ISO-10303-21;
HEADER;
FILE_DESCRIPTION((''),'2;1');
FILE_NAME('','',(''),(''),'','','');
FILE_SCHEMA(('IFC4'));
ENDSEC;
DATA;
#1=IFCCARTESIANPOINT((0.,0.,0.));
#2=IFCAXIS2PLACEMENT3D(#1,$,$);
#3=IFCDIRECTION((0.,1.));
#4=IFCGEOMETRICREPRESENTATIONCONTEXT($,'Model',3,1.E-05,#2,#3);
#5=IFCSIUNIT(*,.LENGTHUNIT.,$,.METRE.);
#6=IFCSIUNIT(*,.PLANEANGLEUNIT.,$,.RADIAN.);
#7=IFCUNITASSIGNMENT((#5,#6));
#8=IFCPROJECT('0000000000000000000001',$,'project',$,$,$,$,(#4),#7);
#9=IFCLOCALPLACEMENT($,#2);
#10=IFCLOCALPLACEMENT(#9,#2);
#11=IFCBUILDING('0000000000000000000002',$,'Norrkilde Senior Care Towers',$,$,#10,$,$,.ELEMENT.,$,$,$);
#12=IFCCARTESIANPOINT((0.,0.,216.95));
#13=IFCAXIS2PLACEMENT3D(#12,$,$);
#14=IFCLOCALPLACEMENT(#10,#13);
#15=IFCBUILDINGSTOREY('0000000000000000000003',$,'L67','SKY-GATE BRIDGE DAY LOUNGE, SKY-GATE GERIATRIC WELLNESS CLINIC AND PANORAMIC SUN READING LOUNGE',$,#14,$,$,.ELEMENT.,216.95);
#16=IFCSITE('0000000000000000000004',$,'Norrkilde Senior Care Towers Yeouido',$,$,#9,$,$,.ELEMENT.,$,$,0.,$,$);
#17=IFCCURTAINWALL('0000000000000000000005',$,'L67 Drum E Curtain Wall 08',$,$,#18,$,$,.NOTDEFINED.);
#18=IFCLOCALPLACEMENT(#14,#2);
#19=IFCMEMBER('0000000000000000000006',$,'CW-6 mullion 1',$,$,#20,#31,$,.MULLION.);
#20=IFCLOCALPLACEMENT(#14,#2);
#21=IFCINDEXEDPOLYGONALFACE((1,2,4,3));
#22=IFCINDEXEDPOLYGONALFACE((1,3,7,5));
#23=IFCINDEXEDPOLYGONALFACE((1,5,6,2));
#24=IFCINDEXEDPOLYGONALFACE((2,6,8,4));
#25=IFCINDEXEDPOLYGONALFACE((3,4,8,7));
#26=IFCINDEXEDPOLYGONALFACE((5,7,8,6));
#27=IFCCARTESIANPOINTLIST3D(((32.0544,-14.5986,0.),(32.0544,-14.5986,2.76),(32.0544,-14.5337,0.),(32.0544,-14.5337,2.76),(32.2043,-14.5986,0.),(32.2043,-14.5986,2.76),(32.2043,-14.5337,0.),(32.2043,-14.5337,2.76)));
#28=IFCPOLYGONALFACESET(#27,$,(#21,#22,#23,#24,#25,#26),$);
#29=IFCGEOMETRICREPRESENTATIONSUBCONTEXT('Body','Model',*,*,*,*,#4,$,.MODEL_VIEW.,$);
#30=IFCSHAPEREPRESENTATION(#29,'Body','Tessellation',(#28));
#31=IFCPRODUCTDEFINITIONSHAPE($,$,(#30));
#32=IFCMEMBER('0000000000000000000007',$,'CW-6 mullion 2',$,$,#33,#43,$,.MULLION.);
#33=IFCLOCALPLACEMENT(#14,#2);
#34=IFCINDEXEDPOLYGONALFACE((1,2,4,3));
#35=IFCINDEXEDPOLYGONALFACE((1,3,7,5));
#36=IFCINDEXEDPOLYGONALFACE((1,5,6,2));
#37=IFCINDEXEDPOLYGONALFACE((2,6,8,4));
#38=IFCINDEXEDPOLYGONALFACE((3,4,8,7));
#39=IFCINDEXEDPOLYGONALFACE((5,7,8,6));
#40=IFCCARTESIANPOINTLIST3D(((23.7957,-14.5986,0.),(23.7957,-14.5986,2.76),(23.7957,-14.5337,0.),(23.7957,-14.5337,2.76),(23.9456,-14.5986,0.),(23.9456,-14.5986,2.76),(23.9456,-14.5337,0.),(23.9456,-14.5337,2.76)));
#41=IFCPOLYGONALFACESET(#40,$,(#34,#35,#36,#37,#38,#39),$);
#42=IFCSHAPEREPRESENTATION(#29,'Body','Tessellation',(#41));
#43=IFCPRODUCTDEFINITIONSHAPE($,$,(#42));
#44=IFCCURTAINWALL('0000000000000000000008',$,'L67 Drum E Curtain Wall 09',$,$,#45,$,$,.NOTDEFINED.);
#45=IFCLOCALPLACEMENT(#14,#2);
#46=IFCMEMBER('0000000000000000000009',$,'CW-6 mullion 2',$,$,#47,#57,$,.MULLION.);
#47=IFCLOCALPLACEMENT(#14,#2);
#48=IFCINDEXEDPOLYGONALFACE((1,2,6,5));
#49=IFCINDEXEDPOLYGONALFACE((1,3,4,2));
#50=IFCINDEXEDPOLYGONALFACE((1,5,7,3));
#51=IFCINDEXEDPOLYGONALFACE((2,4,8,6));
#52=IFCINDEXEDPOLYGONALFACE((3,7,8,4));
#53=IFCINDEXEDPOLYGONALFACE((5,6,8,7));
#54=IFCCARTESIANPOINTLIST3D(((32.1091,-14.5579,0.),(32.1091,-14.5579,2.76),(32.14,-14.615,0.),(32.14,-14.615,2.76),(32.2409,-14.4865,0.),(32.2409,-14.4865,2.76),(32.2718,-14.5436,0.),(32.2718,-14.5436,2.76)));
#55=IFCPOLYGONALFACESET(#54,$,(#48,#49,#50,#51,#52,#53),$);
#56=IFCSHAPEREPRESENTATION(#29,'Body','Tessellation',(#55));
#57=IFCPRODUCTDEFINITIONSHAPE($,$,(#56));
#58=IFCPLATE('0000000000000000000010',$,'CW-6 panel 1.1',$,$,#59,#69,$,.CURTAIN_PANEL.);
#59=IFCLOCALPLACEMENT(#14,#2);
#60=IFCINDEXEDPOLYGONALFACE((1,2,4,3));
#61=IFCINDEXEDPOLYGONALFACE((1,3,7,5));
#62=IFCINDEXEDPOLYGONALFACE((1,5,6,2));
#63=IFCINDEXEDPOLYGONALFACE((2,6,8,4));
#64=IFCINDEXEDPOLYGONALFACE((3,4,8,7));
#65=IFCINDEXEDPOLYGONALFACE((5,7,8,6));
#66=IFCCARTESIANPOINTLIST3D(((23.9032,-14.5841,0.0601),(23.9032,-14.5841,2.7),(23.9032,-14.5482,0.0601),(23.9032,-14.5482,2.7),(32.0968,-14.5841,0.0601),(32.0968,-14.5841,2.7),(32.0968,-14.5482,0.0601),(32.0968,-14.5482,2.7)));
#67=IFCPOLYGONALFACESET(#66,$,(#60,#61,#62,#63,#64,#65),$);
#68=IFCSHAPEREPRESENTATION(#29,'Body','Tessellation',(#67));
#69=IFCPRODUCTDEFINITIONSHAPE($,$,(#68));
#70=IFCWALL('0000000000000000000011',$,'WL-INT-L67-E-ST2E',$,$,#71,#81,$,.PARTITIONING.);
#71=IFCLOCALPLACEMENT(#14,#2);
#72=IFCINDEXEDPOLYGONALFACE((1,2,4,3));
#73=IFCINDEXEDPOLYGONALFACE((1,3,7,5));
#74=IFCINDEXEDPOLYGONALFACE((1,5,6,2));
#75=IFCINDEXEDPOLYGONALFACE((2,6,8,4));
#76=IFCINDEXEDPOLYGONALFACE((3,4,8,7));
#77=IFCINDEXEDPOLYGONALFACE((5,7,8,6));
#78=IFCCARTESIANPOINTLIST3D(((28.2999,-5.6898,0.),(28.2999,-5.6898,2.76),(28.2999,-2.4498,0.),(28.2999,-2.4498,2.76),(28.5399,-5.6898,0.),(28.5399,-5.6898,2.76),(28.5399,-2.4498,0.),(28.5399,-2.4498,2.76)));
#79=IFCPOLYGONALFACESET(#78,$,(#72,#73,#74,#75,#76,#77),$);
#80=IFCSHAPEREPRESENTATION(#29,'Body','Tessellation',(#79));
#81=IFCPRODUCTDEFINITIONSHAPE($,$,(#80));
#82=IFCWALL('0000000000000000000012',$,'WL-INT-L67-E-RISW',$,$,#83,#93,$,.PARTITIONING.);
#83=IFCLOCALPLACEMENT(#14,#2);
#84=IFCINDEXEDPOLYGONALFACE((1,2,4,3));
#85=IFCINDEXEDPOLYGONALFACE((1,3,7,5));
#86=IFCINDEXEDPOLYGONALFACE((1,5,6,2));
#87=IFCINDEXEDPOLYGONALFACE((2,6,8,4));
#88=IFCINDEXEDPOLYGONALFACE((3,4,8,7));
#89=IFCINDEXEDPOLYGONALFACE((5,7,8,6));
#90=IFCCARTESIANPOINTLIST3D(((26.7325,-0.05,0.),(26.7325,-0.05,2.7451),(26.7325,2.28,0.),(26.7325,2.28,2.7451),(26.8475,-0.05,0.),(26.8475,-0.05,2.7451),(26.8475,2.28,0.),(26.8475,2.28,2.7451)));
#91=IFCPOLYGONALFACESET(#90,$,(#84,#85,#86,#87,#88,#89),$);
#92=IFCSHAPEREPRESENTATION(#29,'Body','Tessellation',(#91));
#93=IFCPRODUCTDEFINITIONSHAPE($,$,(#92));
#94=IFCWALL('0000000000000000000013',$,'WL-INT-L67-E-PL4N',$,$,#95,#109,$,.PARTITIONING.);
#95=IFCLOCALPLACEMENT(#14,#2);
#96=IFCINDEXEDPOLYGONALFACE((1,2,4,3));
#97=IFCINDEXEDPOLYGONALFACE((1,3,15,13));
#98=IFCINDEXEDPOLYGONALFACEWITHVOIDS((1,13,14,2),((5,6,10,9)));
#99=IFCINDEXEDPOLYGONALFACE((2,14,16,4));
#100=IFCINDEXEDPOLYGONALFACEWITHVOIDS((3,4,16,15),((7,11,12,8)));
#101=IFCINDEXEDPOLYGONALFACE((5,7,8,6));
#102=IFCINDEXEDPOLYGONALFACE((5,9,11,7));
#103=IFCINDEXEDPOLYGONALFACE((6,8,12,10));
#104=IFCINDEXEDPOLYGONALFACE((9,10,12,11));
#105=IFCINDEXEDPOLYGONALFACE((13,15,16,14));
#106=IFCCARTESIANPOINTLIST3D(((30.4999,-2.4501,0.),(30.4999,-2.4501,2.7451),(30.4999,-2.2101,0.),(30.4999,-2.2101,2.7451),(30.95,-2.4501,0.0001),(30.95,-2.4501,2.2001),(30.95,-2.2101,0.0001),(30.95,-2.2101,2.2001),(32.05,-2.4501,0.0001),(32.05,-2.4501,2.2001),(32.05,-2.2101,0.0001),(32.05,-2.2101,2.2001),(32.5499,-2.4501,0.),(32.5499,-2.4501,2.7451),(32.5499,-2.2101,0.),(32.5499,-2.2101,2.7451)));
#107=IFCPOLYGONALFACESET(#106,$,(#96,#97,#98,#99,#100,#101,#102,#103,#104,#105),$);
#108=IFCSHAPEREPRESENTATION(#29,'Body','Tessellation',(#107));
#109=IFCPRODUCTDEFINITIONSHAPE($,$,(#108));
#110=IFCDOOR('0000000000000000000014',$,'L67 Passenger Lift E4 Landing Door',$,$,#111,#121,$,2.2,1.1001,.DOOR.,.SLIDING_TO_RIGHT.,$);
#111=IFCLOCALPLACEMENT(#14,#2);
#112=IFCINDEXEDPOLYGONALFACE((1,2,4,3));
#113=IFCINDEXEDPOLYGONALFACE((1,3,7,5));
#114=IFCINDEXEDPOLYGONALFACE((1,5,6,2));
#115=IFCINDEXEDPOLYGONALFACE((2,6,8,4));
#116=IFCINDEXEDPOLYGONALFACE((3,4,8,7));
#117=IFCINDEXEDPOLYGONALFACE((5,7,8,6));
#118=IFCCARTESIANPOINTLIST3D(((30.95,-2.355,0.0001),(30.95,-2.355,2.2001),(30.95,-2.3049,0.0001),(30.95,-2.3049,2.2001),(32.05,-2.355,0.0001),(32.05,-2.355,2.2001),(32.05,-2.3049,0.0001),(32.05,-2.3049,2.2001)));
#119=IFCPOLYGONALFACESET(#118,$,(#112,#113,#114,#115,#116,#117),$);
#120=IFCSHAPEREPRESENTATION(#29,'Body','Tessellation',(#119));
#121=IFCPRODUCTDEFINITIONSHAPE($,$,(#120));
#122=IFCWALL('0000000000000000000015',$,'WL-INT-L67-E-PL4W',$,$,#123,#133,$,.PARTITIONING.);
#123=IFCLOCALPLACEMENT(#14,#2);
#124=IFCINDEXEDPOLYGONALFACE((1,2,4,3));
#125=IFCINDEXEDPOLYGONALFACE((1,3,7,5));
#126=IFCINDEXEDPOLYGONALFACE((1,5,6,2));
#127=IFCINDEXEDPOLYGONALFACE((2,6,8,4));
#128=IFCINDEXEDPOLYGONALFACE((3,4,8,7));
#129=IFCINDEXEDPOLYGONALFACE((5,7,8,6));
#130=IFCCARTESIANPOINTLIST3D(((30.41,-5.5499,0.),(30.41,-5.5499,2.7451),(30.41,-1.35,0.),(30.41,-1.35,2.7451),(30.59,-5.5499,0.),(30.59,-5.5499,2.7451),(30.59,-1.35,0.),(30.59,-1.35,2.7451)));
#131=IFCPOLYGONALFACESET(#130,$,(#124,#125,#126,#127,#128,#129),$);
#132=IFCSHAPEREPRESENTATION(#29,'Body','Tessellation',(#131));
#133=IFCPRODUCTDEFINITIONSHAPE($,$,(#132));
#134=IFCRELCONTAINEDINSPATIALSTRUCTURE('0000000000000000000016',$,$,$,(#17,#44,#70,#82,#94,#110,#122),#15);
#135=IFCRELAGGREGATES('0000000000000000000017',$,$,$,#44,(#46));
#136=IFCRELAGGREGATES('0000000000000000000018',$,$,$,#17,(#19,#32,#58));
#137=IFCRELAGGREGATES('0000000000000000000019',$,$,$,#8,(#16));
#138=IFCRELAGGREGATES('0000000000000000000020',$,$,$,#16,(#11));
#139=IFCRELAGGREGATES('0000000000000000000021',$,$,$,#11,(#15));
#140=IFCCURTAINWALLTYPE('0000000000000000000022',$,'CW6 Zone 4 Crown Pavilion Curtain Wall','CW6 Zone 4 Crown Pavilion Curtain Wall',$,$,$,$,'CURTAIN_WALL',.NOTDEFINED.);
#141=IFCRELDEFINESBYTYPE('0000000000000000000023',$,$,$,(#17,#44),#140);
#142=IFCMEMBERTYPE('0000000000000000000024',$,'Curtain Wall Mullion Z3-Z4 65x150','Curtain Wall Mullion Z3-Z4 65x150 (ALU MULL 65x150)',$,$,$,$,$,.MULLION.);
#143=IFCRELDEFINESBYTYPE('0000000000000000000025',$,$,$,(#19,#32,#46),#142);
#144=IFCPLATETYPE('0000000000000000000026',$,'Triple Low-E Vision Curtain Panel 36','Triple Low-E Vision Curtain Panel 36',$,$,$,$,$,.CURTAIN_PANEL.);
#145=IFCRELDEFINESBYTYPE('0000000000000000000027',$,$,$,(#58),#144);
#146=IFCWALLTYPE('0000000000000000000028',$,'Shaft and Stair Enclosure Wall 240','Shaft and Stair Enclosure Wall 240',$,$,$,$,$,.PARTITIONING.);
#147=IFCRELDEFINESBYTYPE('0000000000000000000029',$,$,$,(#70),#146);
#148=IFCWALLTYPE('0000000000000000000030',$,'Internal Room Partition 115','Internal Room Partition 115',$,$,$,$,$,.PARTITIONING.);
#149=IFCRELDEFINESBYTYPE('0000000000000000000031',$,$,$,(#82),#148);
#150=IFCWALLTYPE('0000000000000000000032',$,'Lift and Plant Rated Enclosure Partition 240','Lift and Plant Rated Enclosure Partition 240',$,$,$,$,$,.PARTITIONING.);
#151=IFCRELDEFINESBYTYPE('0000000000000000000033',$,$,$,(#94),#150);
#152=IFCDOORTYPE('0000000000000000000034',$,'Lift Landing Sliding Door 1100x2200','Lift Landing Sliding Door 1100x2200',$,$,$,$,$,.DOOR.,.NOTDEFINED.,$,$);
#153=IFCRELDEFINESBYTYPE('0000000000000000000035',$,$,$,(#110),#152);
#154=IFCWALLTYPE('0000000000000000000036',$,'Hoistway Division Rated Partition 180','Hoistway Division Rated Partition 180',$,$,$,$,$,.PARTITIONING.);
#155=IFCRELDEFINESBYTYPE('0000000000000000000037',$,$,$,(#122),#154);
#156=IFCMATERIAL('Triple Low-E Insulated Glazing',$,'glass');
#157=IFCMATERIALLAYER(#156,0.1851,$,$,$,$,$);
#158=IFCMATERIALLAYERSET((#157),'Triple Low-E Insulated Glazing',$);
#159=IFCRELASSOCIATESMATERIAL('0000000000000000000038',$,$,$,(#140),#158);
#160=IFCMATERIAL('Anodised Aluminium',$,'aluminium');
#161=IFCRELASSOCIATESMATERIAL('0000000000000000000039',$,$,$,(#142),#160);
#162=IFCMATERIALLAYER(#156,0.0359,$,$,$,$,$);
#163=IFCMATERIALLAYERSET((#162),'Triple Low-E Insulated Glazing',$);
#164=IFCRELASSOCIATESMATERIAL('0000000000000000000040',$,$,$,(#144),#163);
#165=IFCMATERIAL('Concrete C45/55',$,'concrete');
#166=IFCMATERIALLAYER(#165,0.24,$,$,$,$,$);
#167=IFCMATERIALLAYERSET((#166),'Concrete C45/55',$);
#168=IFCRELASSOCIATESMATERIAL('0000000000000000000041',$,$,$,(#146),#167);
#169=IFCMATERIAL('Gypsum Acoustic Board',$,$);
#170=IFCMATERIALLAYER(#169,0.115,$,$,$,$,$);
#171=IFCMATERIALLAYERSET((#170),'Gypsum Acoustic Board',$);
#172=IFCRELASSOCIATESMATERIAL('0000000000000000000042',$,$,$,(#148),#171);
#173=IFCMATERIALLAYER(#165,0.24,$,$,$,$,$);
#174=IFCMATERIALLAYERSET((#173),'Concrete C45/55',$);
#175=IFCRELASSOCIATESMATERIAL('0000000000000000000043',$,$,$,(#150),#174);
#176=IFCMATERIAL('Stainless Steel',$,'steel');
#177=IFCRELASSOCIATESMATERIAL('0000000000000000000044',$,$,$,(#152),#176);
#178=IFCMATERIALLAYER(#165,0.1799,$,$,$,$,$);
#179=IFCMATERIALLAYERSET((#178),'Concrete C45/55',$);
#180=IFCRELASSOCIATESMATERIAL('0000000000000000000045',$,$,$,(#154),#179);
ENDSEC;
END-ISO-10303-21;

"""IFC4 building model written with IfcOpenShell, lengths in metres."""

from ifc_helpers import new_model, si_unit, direction, frame, frame_2d, origin, origin_2d, place, context, subcontext, project, spatial, rectangle, extrude, source, transform, mapped, material, layer, layer_set, material_profile, profile_set, type_object, type_shapes, element, fill, aggregate, save


model = new_model("IFC4")

# Units and contexts
model_context = context("Model", 3, precision=1e-05, world=origin(), true_north=direction((0.0, 1.0)))
body_context = subcontext(model_context, "Body", "Model", "MODEL_VIEW")
ifc_project = project(units=[si_unit("LENGTHUNIT", "METRE"), si_unit("PLANEANGLEUNIT", "RADIAN")], contexts=[model_context])

# Site, building, storey
site_placement = place(None, origin())
site = spatial("IfcSite", under=ifc_project, at=site_placement, Name="Norrkilde Senior Care Towers Yeouido", CompositionType="ELEMENT", RefElevation=0.0)
building_placement = place(site_placement, origin())
building = spatial("IfcBuilding", under=site, at=building_placement, Name="Norrkilde Senior Care Towers", CompositionType="ELEMENT")
storey_placement = place(building_placement, frame((0.0, 0.0, 216.95)))
storey = spatial("IfcBuildingStorey", under=building, at=storey_placement, Name="L67", Description="SKY-GATE BRIDGE DAY LOUNGE, SKY-GATE GERIATRIC WELLNESS CLINIC AND PANORAMIC SUN READING LOUNGE", CompositionType="ELEMENT", Elevation=216.95)

# Curtain wall
ifc_material_1 = material(Name="Triple Low-E Insulated Glazing", Category="glass")
ifc_layer_1 = layer(ifc_material_1, 0.1851)
ifc_layer_set_1 = layer_set([ifc_layer_1], Name="Triple Low-E Insulated Glazing")
curtain_wall_type = type_object("IfcCurtainWallType", Name="CW6 Zone 4 Crown Pavilion Curtain Wall", Description="CW6 Zone 4 Crown Pavilion Curtain Wall", ElementType="CURTAIN_WALL", PredefinedType="NOTDEFINED", material=ifc_layer_set_1)
curtain_wall_1_placement = place(storey_placement, origin())
curtain_wall_1 = element("IfcCurtainWall", 1, at=curtain_wall_1_placement, inside=storey, type_object=curtain_wall_type, Name="L67 Drum E Curtain Wall 08", PredefinedType="NOTDEFINED")
ifc_material_2 = material(Name="Anodised Aluminium", Category="aluminium")

# Shared definitions
ifc_material_profile_1 = material_profile(ifc_material_2, rectangle(XDim=0.0649, YDim=0.1499, at=origin_2d()), Name="ALU MULL 65x150")
ifc_profile_set_1 = profile_set([ifc_material_profile_1], Name="Anodised Aluminium")
member_type_1 = type_object("IfcMemberType", Name="Curtain Wall Mullion Z3-Z4 65x150", Description="Curtain Wall Mullion Z3-Z4 65x150 (ALU MULL 65x150)", PredefinedType="MULLION", material=ifc_profile_set_1)
shared_shape_1 = source(origin(), body_context, "Body", "SweptSolid", [
    extrude(rectangle(XDim=0.0649, YDim=0.1499, at=origin_2d()), origin(), (0.0, 0.0, 1.0), 2.76),
])
type_shapes(member_type_1, [shared_shape_1])

# Members
member_1_placement = place(storey_placement, frame((32.1294, -14.5662, 0.0), z_axis=(0.0, 0.0, 1.0), x_axis=(0.0, -1.0, 0.0)))
member_1 = element("IfcMember", 2, at=member_1_placement, type_object=member_type_1, Name="CW-6 mullion 1", PredefinedType="MULLION", context=body_context, shape_type="MappedRepresentation", body=[
    mapped(shared_shape_1, transform((0.0, 0.0, 0.0), x_axis=(1.0, 0.0, 0.0), y_axis=(0.0, 1.0, 0.0), z_axis=(0.0, 0.0, 1.0), scale=1.0)),
])
member_2_placement = place(storey_placement, frame((23.8706, -14.5662, 0.0), z_axis=(0.0, 0.0, 1.0), x_axis=(0.0, -1.0, 0.0)))
member_2 = element("IfcMember", 3, at=member_2_placement, type_object=member_type_1, Name="CW-6 mullion 2", PredefinedType="MULLION", context=body_context, shape_type="MappedRepresentation", body=[
    mapped(shared_shape_1, transform((0.0, 0.0, 0.0), x_axis=(1.0, 0.0, 0.0), y_axis=(0.0, 1.0, 0.0), z_axis=(0.0, 0.0, 1.0), scale=1.0)),
])

# Curtain wall, member
curtain_wall_2_placement = place(storey_placement, origin())
curtain_wall_2 = element("IfcCurtainWall", 4, at=curtain_wall_2_placement, inside=storey, type_object=curtain_wall_type, Name="L67 Drum E Curtain Wall 09", PredefinedType="NOTDEFINED")
member_3_placement = place(storey_placement, frame((32.1904, -14.5508, 0.0), z_axis=(0.0, 0.0, 1.0), x_axis=(0.476133, -0.879373, 0.0)))
member_3 = element("IfcMember", 5, at=member_3_placement, type_object=member_type_1, Name="CW-6 mullion 2", PredefinedType="MULLION", context=body_context, shape_type="MappedRepresentation", body=[
    mapped(shared_shape_1, transform((0.0, 0.0, 0.0), x_axis=(1.0, 0.0, 0.0), y_axis=(0.0, 1.0, 0.0), z_axis=(0.0, 0.0, 1.0), scale=1.0)),
])
aggregate(curtain_wall_2, [member_3])

# Plate
ifc_layer_2 = layer(ifc_material_1, 0.0359)
ifc_layer_set_2 = layer_set([ifc_layer_2], Name="Triple Low-E Insulated Glazing")
plate_type = type_object("IfcPlateType", Name="Triple Low-E Vision Curtain Panel 36", Description="Triple Low-E Vision Curtain Panel 36", PredefinedType="CURTAIN_PANEL", material=ifc_layer_set_2)
shared_shape_2 = source(origin(), body_context, "Body", "SweptSolid", [
    extrude(rectangle(XDim=8.1936, YDim=0.0359, at=origin_2d()), origin(), (0.0, 0.0, 1.0), 2.6399),
])
type_shapes(plate_type, [shared_shape_2])
plate_placement = place(storey_placement, frame((28.0, -14.5662, 0.0601), z_axis=(0.0, 0.0, 1.0), x_axis=(-1.0, 0.0, 0.0)))
plate = element("IfcPlate", 6, at=plate_placement, type_object=plate_type, Name="CW-6 panel 1.1", PredefinedType="CURTAIN_PANEL", context=body_context, shape_type="MappedRepresentation", body=[
    mapped(shared_shape_2, transform((0.0, 0.0, 0.0), x_axis=(1.0, 0.0, 0.0), y_axis=(0.0, 1.0, 0.0), z_axis=(0.0, 0.0, 1.0), scale=1.0)),
])
aggregate(curtain_wall_1, [member_1, member_2, plate])

# Walls
ifc_material_3 = material(Name="Concrete C45/55", Category="concrete")
ifc_layer_3 = layer(ifc_material_3, 0.24)
ifc_layer_set_3 = layer_set([ifc_layer_3], Name="Concrete C45/55")
wall_type_1 = type_object("IfcWallType", Name="Shaft and Stair Enclosure Wall 240", Description="Shaft and Stair Enclosure Wall 240", PredefinedType="PARTITIONING", material=ifc_layer_set_3)
shared_shape_3 = source(origin(), body_context, "Body", "SweptSolid", [
    extrude(rectangle(XDim=3.24, YDim=0.24, at=frame_2d((1.6201, 0.0))), origin(), (0.0, 0.0, 1.0), 2.76),
])
type_shapes(wall_type_1, [shared_shape_3])
wall_1_placement = place(storey_placement, frame((28.4199, -5.6899, 0.0), z_axis=(0.0, 0.0, 1.0), x_axis=(0.0, 1.0, 0.0)))
element("IfcWall", 7, at=wall_1_placement, inside=storey, type_object=wall_type_1, Name="WL-INT-L67-E-ST2E", PredefinedType="PARTITIONING", context=body_context, shape_type="MappedRepresentation", body=[
    mapped(shared_shape_3, transform((0.0, 0.0, 0.0), x_axis=(1.0, 0.0, 0.0), y_axis=(0.0, 1.0, 0.0), z_axis=(0.0, 0.0, 1.0), scale=1.0)),
])
ifc_material_4 = material(Name="Gypsum Acoustic Board")
ifc_layer_4 = layer(ifc_material_4, 0.115)
ifc_layer_set_4 = layer_set([ifc_layer_4], Name="Gypsum Acoustic Board")
wall_type_2 = type_object("IfcWallType", Name="Internal Room Partition 115", Description="Internal Room Partition 115", PredefinedType="PARTITIONING", material=ifc_layer_set_4)
shared_shape_4 = source(origin(), body_context, "Body", "SweptSolid", [
    extrude(rectangle(XDim=2.3301, YDim=0.115, at=frame_2d((1.165, 0.0))), origin(), (0.0, 0.0, 1.0), 2.7451),
])
wall_2_placement = place(storey_placement, frame((26.79, -0.05, 0.0), z_axis=(0.0, 0.0, 1.0), x_axis=(0.0, 1.0, 0.0)))
element("IfcWall", 8, at=wall_2_placement, inside=storey, type_object=wall_type_2, Name="WL-INT-L67-E-RISW", PredefinedType="PARTITIONING", context=body_context, shape_type="MappedRepresentation", body=[
    mapped(shared_shape_4, transform((0.0, 0.0, 0.0), x_axis=(1.0, 0.0, 0.0), y_axis=(0.0, 1.0, 0.0), z_axis=(0.0, 0.0, 1.0), scale=1.0)),
])

# Wall, opening, door
ifc_layer_5 = layer(ifc_material_3, 0.24)
ifc_layer_set_5 = layer_set([ifc_layer_5], Name="Concrete C45/55")
wall_type_3 = type_object("IfcWallType", Name="Lift and Plant Rated Enclosure Partition 240", Description="Lift and Plant Rated Enclosure Partition 240", PredefinedType="PARTITIONING", material=ifc_layer_set_5)
shared_shape_5 = source(origin(), body_context, "Body", "SweptSolid", [
    extrude(rectangle(XDim=2.05, YDim=0.24, at=frame_2d((1.0249, 0.0))), origin(), (0.0, 0.0, 1.0), 2.7451),
])
type_shapes(wall_type_3, [shared_shape_5])
wall_3_placement = place(storey_placement, frame((30.5, -2.3301, 0.0), z_axis=(0.0, 0.0, 1.0), x_axis=(1.0, 0.0, 0.0)))
wall_3 = element("IfcWall", 9, at=wall_3_placement, inside=storey, type_object=wall_type_3, Name="WL-INT-L67-E-PL4N", PredefinedType="PARTITIONING", context=body_context, shape_type="MappedRepresentation", body=[
    mapped(shared_shape_5, transform((0.0, 0.0, 0.0), x_axis=(1.0, 0.0, 0.0), y_axis=(0.0, 1.0, 0.0), z_axis=(0.0, 0.0, 1.0), scale=1.0)),
])
opening_1_placement = place(wall_3_placement, frame((0.45, 0.0, 0.0)))
opening_1 = element("IfcOpeningElement", 10, at=opening_1_placement, cuts=wall_3, PredefinedType="OPENING", context=body_context, shape_type="SweptSolid", body=[
    extrude(rectangle(XDim=1.1001, YDim=2.2, at=frame_2d((0.55, 1.1001))), frame((0.0, 0.1299, 0.0), z_axis=(0.0, -1.0, 0.0), x_axis=(1.0, 0.0, 0.0)), (0.0, 0.0, 1.0), 0.26),
])
ifc_material_5 = material(Name="Stainless Steel", Category="steel")
door_type_1 = type_object("IfcDoorType", Name="Lift Landing Sliding Door 1100x2200", Description="Lift Landing Sliding Door 1100x2200", OperationType="NOTDEFINED", PredefinedType="DOOR", material=ifc_material_5)
shared_shape_6 = source(origin(), body_context, "Body", "SweptSolid", [
    extrude(rectangle(XDim=1.1001, YDim=2.2, at=frame_2d((0.55, 1.1001))), frame((0.0, 0.0249, 0.0), z_axis=(0.0, -1.0, 0.0), x_axis=(1.0, 0.0, 0.0)), (0.0, 0.0, 1.0), 0.05),
])
type_shapes(door_type_1, [shared_shape_6])
door_1_placement = place(opening_1_placement, frame((1.1001, 0.0, 0.0), z_axis=(0.0, 0.0, 1.0), x_axis=(-1.0, 0.0, 0.0)))
door_1 = element("IfcDoor", 11, at=door_1_placement, inside=storey, type_object=door_type_1, Name="L67 Passenger Lift E4 Landing Door", OperationType="SLIDING_TO_RIGHT", OverallHeight=2.2, OverallWidth=1.1001, PredefinedType="DOOR", context=body_context, shape_type="MappedRepresentation", body=[
    mapped(shared_shape_6, transform((0.0, 0.0, 0.0), x_axis=(1.0, 0.0, 0.0), y_axis=(0.0, 1.0, 0.0), z_axis=(0.0, 0.0, 1.0), scale=1.0)),
])
fill(opening_1, door_1)

# Wall
ifc_layer_6 = layer(ifc_material_3, 0.1799)
ifc_layer_set_6 = layer_set([ifc_layer_6], Name="Concrete C45/55")
wall_type_4 = type_object("IfcWallType", Name="Hoistway Division Rated Partition 180", Description="Hoistway Division Rated Partition 180", PredefinedType="PARTITIONING", material=ifc_layer_set_6)
shared_shape_7 = source(origin(), body_context, "Body", "SweptSolid", [
    extrude(rectangle(XDim=4.2, YDim=0.1799, at=frame_2d((2.1001, 0.0))), origin(), (0.0, 0.0, 1.0), 2.7451),
])
type_shapes(wall_type_4, [shared_shape_7])
wall_4_placement = place(storey_placement, frame((30.5, -5.55, 0.0), z_axis=(0.0, 0.0, 1.0), x_axis=(0.0, 1.0, 0.0)))
element("IfcWall", 12, at=wall_4_placement, inside=storey, type_object=wall_type_4, Name="WL-INT-L67-E-PL4W", PredefinedType="PARTITIONING", context=body_context, shape_type="MappedRepresentation", body=[
    mapped(shared_shape_7, transform((0.0, 0.0, 0.0), x_axis=(1.0, 0.0, 0.0), y_axis=(0.0, 1.0, 0.0), z_axis=(0.0, 0.0, 1.0), scale=1.0)),
])

save(model, "model.ifc")
